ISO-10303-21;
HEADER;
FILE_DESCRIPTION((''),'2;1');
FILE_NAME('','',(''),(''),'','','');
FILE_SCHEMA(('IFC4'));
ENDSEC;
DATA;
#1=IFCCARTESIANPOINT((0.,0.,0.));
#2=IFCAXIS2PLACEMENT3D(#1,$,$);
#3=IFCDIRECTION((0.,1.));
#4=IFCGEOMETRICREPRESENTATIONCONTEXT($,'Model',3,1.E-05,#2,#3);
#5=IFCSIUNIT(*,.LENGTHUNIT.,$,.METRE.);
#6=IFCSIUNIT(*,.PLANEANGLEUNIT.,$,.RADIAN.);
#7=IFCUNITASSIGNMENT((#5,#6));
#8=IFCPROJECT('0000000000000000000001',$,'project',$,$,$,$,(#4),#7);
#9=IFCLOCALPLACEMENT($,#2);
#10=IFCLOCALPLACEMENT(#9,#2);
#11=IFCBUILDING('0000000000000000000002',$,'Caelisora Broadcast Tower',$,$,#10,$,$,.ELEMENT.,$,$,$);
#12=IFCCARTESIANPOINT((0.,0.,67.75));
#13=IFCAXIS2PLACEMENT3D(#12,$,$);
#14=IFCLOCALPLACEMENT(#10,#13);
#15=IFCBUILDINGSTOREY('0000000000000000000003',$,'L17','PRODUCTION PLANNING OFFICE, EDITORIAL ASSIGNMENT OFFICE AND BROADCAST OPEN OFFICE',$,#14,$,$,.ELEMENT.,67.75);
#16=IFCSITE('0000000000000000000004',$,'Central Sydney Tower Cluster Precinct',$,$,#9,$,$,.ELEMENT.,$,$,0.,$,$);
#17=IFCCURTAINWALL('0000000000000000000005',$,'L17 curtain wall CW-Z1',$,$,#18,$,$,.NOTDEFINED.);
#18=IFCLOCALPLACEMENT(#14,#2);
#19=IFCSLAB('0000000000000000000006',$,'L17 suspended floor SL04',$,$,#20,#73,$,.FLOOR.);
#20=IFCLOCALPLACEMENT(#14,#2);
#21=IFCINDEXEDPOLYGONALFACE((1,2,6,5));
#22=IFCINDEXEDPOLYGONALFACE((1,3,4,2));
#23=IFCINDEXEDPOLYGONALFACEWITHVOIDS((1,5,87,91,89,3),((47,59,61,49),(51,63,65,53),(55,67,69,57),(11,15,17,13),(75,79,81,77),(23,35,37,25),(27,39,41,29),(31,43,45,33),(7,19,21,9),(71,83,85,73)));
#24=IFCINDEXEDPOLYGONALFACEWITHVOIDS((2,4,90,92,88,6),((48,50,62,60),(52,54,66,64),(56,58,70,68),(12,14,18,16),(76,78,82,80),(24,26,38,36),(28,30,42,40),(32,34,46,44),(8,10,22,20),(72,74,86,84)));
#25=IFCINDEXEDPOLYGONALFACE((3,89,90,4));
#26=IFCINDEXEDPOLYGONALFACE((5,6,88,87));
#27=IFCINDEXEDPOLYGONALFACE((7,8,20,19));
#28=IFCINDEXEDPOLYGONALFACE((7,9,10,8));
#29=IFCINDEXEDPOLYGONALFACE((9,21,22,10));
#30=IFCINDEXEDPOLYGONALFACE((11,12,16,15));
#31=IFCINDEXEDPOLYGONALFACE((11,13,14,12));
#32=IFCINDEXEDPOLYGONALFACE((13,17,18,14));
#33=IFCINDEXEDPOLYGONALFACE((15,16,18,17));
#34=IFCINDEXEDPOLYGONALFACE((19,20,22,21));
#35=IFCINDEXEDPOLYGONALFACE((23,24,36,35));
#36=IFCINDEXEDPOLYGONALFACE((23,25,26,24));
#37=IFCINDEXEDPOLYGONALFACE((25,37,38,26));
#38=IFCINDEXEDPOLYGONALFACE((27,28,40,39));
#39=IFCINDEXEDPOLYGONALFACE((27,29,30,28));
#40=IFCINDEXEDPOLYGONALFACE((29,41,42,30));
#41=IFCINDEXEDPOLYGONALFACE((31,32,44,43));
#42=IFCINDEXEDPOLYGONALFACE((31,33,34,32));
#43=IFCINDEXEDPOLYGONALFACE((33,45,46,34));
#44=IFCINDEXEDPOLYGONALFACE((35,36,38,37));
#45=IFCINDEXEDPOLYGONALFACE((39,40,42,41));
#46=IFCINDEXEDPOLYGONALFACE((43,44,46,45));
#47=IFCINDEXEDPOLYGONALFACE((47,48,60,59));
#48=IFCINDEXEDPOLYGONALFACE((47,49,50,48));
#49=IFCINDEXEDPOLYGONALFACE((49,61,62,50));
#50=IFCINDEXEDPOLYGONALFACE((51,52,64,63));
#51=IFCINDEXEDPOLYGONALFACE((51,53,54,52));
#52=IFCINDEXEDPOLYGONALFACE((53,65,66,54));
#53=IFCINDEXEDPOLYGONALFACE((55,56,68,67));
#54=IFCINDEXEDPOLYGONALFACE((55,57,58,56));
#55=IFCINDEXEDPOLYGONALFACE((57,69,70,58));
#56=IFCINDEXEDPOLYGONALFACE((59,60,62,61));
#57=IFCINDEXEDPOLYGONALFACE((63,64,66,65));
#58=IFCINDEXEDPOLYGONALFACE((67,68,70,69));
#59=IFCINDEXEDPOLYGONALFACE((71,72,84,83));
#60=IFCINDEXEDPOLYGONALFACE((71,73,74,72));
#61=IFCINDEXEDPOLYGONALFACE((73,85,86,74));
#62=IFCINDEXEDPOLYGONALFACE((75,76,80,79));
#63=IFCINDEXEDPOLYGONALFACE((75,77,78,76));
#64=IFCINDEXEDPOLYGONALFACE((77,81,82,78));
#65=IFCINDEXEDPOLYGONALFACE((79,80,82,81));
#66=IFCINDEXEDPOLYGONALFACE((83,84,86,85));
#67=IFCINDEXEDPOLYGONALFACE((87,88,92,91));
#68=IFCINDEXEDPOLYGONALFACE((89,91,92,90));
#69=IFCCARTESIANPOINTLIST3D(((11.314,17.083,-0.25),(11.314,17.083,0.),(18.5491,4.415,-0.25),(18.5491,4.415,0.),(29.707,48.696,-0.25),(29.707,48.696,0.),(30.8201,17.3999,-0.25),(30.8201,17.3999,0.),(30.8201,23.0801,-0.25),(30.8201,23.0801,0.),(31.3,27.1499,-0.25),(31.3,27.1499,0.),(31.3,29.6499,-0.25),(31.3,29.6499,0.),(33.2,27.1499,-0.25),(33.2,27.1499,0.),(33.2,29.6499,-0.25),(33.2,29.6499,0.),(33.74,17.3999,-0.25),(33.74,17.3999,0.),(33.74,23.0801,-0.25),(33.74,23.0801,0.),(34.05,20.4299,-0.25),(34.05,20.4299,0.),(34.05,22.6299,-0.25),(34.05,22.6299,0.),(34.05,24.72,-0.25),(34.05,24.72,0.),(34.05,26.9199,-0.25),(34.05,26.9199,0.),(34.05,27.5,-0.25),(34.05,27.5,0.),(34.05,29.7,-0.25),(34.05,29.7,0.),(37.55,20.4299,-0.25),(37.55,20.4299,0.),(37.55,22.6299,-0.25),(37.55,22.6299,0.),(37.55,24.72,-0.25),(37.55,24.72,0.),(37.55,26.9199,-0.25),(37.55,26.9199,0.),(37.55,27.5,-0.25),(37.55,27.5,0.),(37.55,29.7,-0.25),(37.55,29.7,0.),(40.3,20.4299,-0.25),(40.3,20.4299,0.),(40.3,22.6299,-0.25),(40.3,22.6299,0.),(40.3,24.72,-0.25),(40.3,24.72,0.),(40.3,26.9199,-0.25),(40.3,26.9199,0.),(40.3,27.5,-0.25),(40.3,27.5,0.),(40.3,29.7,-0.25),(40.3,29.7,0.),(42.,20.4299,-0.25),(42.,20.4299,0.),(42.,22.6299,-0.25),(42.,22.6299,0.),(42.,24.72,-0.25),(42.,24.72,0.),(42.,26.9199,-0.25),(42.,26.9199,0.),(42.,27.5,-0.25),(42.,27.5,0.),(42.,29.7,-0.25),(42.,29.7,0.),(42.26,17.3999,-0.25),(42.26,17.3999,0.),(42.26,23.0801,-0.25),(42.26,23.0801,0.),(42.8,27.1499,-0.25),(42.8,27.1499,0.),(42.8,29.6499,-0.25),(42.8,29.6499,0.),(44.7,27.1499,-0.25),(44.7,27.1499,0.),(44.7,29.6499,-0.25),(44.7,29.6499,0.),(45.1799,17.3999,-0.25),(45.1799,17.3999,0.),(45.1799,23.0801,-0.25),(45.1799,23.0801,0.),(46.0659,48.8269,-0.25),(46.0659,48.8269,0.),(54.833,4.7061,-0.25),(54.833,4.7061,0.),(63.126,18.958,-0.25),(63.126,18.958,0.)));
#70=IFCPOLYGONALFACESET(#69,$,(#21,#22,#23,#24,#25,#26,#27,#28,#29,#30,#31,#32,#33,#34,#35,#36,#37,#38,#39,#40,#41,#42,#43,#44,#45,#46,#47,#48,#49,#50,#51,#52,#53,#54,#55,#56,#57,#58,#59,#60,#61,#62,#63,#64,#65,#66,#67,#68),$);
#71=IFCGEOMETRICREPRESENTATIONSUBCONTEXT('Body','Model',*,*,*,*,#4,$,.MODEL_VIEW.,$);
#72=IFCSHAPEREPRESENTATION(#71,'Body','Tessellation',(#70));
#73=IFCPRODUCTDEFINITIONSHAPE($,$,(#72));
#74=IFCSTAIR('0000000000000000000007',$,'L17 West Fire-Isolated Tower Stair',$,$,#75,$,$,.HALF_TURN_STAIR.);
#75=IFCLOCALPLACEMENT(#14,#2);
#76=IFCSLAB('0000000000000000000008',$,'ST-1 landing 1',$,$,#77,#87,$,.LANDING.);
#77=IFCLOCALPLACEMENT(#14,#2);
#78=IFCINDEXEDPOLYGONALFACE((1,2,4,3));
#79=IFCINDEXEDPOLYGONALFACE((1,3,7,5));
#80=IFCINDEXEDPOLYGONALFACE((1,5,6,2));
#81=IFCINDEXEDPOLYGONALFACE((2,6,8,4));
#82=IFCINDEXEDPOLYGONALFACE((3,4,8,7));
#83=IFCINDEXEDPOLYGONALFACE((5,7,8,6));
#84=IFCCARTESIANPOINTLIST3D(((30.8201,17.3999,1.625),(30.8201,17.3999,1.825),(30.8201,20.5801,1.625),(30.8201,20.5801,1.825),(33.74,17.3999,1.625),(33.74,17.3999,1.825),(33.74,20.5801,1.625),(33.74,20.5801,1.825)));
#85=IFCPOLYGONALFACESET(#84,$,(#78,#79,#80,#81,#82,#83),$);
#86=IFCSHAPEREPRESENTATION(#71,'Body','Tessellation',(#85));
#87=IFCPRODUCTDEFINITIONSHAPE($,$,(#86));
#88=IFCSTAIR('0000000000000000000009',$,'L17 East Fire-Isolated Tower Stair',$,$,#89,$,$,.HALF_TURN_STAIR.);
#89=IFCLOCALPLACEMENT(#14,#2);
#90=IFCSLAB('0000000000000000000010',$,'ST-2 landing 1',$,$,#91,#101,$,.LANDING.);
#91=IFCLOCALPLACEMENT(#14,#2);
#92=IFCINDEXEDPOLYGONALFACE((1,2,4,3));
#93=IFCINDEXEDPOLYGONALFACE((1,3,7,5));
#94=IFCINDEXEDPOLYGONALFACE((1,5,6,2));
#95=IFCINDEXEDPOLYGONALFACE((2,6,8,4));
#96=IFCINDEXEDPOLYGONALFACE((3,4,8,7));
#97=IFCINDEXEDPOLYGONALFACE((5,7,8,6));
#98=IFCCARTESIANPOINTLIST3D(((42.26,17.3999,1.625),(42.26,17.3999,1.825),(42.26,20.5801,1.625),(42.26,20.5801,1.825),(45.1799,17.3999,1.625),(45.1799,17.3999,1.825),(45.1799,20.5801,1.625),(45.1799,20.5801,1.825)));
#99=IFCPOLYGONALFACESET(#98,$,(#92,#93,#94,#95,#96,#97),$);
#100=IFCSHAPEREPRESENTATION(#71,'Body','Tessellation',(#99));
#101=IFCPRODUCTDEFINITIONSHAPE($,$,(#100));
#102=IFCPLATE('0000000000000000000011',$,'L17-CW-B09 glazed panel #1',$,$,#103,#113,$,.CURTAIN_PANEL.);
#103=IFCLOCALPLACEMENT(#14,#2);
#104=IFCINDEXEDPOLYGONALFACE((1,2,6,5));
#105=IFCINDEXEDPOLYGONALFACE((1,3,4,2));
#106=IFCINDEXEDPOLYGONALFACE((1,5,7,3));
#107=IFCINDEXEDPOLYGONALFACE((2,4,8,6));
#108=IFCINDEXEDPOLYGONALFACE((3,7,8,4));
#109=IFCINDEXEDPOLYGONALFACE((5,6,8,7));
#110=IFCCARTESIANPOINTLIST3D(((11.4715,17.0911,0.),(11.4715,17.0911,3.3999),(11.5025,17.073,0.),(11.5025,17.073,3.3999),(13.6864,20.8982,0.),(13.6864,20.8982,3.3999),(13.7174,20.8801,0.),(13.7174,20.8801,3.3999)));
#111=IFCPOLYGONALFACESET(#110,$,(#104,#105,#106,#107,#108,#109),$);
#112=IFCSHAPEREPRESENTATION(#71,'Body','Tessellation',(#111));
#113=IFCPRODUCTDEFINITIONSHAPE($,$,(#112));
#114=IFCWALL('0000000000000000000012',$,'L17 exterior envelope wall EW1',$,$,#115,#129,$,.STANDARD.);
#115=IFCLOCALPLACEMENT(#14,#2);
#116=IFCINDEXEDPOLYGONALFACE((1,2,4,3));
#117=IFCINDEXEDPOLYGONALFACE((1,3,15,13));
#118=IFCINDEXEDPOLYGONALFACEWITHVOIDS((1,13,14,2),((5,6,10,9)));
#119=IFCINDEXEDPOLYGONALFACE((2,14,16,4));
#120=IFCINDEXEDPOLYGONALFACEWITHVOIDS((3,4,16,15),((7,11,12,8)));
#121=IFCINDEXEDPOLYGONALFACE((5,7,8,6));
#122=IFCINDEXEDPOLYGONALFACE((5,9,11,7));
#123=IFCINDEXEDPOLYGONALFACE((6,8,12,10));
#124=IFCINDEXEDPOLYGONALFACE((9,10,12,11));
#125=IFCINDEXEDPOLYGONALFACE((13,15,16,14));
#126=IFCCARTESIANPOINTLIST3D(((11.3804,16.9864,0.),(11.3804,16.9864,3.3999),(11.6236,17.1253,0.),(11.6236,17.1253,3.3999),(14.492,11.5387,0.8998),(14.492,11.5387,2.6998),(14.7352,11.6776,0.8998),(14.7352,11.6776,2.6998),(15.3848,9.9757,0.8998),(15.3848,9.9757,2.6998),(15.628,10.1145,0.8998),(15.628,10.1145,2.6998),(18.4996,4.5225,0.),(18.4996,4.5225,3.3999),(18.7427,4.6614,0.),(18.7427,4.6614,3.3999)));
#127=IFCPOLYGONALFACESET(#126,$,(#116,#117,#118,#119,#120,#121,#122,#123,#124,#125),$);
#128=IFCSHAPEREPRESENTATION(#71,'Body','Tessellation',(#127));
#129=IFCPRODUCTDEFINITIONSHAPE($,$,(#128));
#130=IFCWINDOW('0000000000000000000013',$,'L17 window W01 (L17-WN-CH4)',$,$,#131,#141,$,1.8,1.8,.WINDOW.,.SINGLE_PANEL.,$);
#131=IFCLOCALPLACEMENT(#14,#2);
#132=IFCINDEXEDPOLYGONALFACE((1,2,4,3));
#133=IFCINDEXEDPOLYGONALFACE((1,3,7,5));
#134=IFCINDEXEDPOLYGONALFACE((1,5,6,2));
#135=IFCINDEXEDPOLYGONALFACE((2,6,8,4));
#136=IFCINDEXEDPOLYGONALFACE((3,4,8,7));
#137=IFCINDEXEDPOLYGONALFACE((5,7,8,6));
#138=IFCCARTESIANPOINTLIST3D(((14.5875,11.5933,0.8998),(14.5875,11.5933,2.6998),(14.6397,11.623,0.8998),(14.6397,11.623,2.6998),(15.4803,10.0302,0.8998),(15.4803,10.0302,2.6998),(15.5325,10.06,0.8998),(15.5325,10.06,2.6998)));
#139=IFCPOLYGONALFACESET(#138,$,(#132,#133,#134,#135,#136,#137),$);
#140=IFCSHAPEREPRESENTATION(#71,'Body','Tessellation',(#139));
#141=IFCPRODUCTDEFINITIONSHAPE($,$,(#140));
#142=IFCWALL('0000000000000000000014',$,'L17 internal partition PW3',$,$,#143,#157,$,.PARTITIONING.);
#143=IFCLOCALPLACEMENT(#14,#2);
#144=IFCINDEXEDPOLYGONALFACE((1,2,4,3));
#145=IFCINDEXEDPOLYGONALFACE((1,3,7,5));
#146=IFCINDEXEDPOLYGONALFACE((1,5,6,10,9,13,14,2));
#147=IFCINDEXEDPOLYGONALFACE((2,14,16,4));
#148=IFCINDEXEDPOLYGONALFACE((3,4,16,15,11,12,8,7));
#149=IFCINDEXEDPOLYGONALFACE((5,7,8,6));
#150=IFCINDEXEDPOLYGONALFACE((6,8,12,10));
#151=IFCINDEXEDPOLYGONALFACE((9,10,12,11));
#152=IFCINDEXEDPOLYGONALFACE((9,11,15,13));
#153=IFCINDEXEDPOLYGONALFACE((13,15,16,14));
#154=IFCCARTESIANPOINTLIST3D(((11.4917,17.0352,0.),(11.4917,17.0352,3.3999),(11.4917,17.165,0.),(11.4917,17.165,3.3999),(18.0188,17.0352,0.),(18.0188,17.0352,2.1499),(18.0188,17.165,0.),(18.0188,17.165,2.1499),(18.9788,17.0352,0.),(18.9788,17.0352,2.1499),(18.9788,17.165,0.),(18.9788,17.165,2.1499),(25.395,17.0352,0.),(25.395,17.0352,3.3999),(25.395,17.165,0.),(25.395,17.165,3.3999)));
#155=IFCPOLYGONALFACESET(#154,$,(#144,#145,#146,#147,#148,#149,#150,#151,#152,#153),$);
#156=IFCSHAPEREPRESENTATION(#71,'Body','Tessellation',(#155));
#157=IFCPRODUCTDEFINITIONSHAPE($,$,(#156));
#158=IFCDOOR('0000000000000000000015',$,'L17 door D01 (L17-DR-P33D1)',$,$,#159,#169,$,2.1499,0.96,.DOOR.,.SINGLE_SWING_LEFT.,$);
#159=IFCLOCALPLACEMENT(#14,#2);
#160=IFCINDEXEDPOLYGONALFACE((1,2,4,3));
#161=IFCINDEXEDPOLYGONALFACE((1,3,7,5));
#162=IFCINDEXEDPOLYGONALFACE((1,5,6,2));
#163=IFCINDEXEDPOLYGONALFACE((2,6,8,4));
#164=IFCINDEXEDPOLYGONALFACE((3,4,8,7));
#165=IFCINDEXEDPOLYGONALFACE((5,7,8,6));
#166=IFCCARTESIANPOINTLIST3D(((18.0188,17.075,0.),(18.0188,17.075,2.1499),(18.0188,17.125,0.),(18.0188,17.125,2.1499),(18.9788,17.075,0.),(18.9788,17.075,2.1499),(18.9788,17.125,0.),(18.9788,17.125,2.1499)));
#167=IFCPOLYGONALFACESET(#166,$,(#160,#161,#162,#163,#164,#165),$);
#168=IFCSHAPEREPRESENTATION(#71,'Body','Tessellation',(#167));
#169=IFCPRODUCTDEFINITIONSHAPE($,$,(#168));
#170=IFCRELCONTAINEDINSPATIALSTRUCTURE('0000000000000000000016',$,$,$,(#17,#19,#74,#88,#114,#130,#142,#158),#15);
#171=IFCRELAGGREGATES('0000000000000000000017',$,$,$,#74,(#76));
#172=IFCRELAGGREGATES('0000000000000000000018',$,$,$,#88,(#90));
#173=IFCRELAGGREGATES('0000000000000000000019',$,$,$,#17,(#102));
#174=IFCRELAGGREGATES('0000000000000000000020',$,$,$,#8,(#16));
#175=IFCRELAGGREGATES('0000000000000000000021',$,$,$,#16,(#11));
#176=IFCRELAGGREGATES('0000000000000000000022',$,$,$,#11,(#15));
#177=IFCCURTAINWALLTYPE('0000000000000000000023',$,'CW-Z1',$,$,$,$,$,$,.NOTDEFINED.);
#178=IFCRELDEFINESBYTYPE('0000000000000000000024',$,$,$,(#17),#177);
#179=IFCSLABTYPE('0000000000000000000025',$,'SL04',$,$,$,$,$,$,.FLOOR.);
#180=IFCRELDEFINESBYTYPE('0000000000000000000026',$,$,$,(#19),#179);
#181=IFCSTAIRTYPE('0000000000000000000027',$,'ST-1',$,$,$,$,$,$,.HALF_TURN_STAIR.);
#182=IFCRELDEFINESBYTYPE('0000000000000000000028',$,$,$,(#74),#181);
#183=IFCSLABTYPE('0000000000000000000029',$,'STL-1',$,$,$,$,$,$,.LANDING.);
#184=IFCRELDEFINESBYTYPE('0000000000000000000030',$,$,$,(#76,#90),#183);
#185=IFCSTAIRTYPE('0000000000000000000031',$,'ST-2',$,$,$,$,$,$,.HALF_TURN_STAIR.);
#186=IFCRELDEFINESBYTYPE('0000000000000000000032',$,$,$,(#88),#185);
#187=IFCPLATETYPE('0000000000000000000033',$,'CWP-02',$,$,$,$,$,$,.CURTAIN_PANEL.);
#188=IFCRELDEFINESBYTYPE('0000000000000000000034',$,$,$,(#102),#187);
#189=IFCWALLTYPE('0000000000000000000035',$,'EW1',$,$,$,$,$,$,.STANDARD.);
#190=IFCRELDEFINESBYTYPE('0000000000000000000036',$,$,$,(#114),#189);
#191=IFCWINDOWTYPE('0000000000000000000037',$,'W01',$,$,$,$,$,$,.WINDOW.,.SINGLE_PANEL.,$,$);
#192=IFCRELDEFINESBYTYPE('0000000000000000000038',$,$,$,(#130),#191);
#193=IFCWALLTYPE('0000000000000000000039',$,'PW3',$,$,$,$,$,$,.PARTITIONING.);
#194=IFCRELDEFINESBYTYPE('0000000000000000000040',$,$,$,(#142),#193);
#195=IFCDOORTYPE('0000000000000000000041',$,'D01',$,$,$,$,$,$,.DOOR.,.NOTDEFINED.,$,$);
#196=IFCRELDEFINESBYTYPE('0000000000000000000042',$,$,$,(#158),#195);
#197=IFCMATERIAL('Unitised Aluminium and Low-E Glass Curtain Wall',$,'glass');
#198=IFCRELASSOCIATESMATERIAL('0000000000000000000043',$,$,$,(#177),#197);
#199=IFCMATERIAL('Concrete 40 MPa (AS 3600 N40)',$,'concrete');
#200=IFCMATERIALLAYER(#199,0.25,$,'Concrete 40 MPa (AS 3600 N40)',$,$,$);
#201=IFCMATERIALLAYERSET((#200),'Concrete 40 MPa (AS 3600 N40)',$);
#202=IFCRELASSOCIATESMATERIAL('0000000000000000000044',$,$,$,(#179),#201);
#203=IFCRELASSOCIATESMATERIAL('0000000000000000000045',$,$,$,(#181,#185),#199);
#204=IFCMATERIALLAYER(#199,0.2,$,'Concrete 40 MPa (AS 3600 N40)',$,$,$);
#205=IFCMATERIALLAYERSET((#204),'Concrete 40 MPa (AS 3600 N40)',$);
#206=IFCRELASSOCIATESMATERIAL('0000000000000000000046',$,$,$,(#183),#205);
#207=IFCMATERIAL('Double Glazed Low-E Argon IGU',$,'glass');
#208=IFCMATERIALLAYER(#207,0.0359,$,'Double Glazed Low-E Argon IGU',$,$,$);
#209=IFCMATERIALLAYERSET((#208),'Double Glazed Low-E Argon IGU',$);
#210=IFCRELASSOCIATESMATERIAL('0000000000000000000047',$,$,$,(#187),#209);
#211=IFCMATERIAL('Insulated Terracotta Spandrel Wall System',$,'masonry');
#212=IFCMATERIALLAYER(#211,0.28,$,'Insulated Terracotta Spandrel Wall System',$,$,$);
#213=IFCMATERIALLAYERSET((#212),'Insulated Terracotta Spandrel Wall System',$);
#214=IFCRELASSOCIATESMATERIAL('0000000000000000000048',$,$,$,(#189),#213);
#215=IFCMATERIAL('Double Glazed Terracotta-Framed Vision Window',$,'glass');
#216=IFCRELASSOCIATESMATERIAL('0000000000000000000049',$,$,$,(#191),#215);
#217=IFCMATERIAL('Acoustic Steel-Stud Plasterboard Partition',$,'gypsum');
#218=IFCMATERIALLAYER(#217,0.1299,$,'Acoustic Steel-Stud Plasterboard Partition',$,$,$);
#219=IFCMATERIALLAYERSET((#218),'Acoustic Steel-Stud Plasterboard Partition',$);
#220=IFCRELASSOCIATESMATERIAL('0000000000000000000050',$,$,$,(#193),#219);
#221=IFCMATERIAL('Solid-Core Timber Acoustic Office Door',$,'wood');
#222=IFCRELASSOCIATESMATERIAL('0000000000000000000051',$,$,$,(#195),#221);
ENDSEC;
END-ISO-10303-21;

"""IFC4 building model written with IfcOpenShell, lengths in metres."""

from ifc_helpers import new_model, si_unit, direction, frame, frame_2d, origin, origin_2d, place, context, subcontext, project, spatial, polyline, rectangle, outline, extrude, source, transform, mapped, material, layer, layer_set, type_object, type_shapes, element, fill, aggregate, save


model = new_model("IFC4")

# Units and contexts
model_context = context("Model", 3, precision=1e-05, world=origin(), true_north=direction((0.0, 1.0)))
body_context = subcontext(model_context, "Body", "Model", "MODEL_VIEW")
ifc_project = project(units=[si_unit("LENGTHUNIT", "METRE"), si_unit("PLANEANGLEUNIT", "RADIAN")], contexts=[model_context])

# Site, building, storey
site_placement = place(None, origin())
site = spatial("IfcSite", under=ifc_project, at=site_placement, Name="Central Sydney Tower Cluster Precinct", CompositionType="ELEMENT", RefElevation=0.0)
building_placement = place(site_placement, origin())
building = spatial("IfcBuilding", under=site, at=building_placement, Name="Caelisora Broadcast Tower", CompositionType="ELEMENT")
storey_placement = place(building_placement, frame((0.0, 0.0, 67.75)))
storey = spatial("IfcBuildingStorey", under=building, at=storey_placement, Name="L17", Description="PRODUCTION PLANNING OFFICE, EDITORIAL ASSIGNMENT OFFICE AND BROADCAST OPEN OFFICE", CompositionType="ELEMENT", Elevation=67.75)

# Shared definitions
ifc_material_1 = material(Name="Unitised Aluminium and Low-E Glass Curtain Wall", Category="glass")
curtain_wall_type = type_object("IfcCurtainWallType", Name="CW-Z1", PredefinedType="NOTDEFINED", material=ifc_material_1)

# Curtain wall
curtain_wall_1_placement = place(storey_placement, origin())
curtain_wall_1 = element("IfcCurtainWall", 1, at=curtain_wall_1_placement, inside=storey, type_object=curtain_wall_type, Name="L17 curtain wall CW-Z1", PredefinedType="NOTDEFINED")

# Slab
ifc_material_2 = material(Name="Concrete 40 MPa (AS 3600 N40)", Category="concrete")
ifc_layer_1 = layer(ifc_material_2, 0.25, Name="Concrete 40 MPa (AS 3600 N40)")
ifc_layer_set_1 = layer_set([ifc_layer_1], Name="Concrete 40 MPa (AS 3600 N40)")
slab_type_1 = type_object("IfcSlabType", Name="SL04", PredefinedType="FLOOR", material=ifc_layer_set_1)
slab_1_placement = place(storey_placement, frame((0.0, 0.0, -0.25)))
element("IfcSlab", 2, at=slab_1_placement, inside=storey, type_object=slab_type_1, Name="L17 suspended floor SL04", PredefinedType="FLOOR", context=body_context, shape_type="SweptSolid", body=[
    extrude(outline(polyline([(46.0659, 48.8269), (29.707, 48.696), (11.314, 17.083), (18.5491, 4.415), (54.833, 4.7061), (63.126, 18.958), (46.0659, 48.8269)]), holes=[polyline([(30.8201, 17.3999), (33.74, 17.3999), (33.74, 23.0801), (30.8201, 23.0801), (30.8201, 17.3999)]), polyline([(42.26, 17.3999), (45.1799, 17.3999), (45.1799, 23.0801), (42.26, 23.0801), (42.26, 17.3999)]), polyline([(42.8, 27.1499), (44.7, 27.1499), (44.7, 29.6499), (42.8, 29.6499), (42.8, 27.1499)]), polyline([(40.3, 20.4299), (42.0, 20.4299), (42.0, 22.6299), (40.3, 22.6299), (40.3, 20.4299)]), polyline([(40.3, 24.72), (42.0, 24.72), (42.0, 26.9199), (40.3, 26.9199), (40.3, 24.72)]), polyline([(40.3, 27.5), (42.0, 27.5), (42.0, 29.7), (40.3, 29.7), (40.3, 27.5)]), polyline([(34.05, 20.4299), (37.55, 20.4299), (37.55, 22.6299), (34.05, 22.6299), (34.05, 20.4299)]), polyline([(34.05, 24.72), (37.55, 24.72), (37.55, 26.9199), (34.05, 26.9199), (34.05, 24.72)]), polyline([(34.05, 27.5), (37.55, 27.5), (37.55, 29.7), (34.05, 29.7), (34.05, 27.5)]), polyline([(31.3, 27.1499), (33.2, 27.1499), (33.2, 29.6499), (31.3, 29.6499), (31.3, 27.1499)])]), origin(), (0.0, 0.0, 1.0), 0.25),
])

# Stairs, slabs
stair_type_1 = type_object("IfcStairType", Name="ST-1", PredefinedType="HALF_TURN_STAIR", material=ifc_material_2)
stair_1_placement = place(storey_placement, origin())
stair_1 = element("IfcStair", 3, at=stair_1_placement, inside=storey, type_object=stair_type_1, Name="L17 West Fire-Isolated Tower Stair", PredefinedType="HALF_TURN_STAIR")
ifc_layer_2 = layer(ifc_material_2, 0.2, Name="Concrete 40 MPa (AS 3600 N40)")
ifc_layer_set_2 = layer_set([ifc_layer_2], Name="Concrete 40 MPa (AS 3600 N40)")
slab_type_2 = type_object("IfcSlabType", Name="STL-1", PredefinedType="LANDING", material=ifc_layer_set_2)
slab_2_placement = place(storey_placement, frame((0.0, 0.0, 1.625)))
slab_2 = element("IfcSlab", 4, at=slab_2_placement, type_object=slab_type_2, Name="ST-1 landing 1", PredefinedType="LANDING", context=body_context, shape_type="SweptSolid", body=[
    extrude(outline(polyline([(30.8201, 20.5801), (30.8201, 17.3999), (33.74, 17.3999), (33.74, 20.5801), (30.8201, 20.5801)])), origin(), (0.0, 0.0, 1.0), 0.2),
])
aggregate(stair_1, [slab_2])
stair_type_2 = type_object("IfcStairType", Name="ST-2", PredefinedType="HALF_TURN_STAIR", material=ifc_material_2)
stair_2_placement = place(storey_placement, origin())
stair_2 = element("IfcStair", 5, at=stair_2_placement, inside=storey, type_object=stair_type_2, Name="L17 East Fire-Isolated Tower Stair", PredefinedType="HALF_TURN_STAIR")
slab_3_placement = place(storey_placement, frame((0.0, 0.0, 1.625)))
slab_3 = element("IfcSlab", 6, at=slab_3_placement, type_object=slab_type_2, Name="ST-2 landing 1", PredefinedType="LANDING", context=body_context, shape_type="SweptSolid", body=[
    extrude(outline(polyline([(42.26, 20.5801), (42.26, 17.3999), (45.1799, 17.3999), (45.1799, 20.5801), (42.26, 20.5801)])), origin(), (0.0, 0.0, 1.0), 0.2),
])
aggregate(stair_2, [slab_3])

# Plate
ifc_material_3 = material(Name="Double Glazed Low-E Argon IGU", Category="glass")
ifc_layer_3 = layer(ifc_material_3, 0.0359, Name="Double Glazed Low-E Argon IGU")
ifc_layer_set_3 = layer_set([ifc_layer_3], Name="Double Glazed Low-E Argon IGU")
plate_type = type_object("IfcPlateType", Name="CWP-02", PredefinedType="CURTAIN_PANEL", material=ifc_layer_set_3)
shared_shape_1 = source(origin(), body_context, "Body", "SweptSolid", [
    extrude(rectangle(XDim=4.4045, YDim=0.0359, at=origin_2d()), origin(), (0.0, 0.0, 1.0), 3.3999),
])
type_shapes(plate_type, [shared_shape_1])
plate_placement = place(storey_placement, frame((12.5945, 18.9856, 0.0), z_axis=(0.0, 0.0, 1.0), x_axis=(0.502869, 0.864363, 0.0)))
plate = element("IfcPlate", 7, at=plate_placement, type_object=plate_type, Name="L17-CW-B09 glazed panel #1", PredefinedType="CURTAIN_PANEL", context=body_context, shape_type="MappedRepresentation", body=[
    mapped(shared_shape_1, transform((0.0, 0.0, 0.0), scale=1.0)),
])
aggregate(curtain_wall_1, [plate])

# Wall, opening, window
ifc_material_4 = material(Name="Insulated Terracotta Spandrel Wall System", Category="masonry")
ifc_layer_4 = layer(ifc_material_4, 0.28, Name="Insulated Terracotta Spandrel Wall System")
ifc_layer_set_4 = layer_set([ifc_layer_4], Name="Insulated Terracotta Spandrel Wall System")
wall_type_1 = type_object("IfcWallType", Name="EW1", PredefinedType="STANDARD", material=ifc_layer_set_4)
wall_1_placement = place(storey_placement, frame((18.6211, 4.592, 0.0), z_axis=(0.0, 0.0, 1.0), x_axis=(-0.495978, 0.868335, 0.0)))
wall_1 = element("IfcWall", 8, at=wall_1_placement, inside=storey, type_object=wall_type_1, Name="L17 exterior envelope wall EW1", PredefinedType="STANDARD", context=body_context, shape_type="SweptSolid", body=[
    extrude(rectangle(XDim=14.3538, YDim=0.28, at=frame_2d((7.1768, 0.0))), origin(), (0.0, 0.0, 1.0), 3.3999),
])
opening_1_placement = place(wall_1_placement, frame((6.28, 0.0, 0.8999)))
opening_1 = element("IfcOpeningElement", 9, at=opening_1_placement, cuts=wall_1, PredefinedType="OPENING", context=body_context, shape_type="SweptSolid", body=[
    extrude(rectangle(XDim=1.8, YDim=1.8, at=frame_2d((0.8999, 0.8999))), frame((0.0, 0.1521, 0.0), z_axis=(0.0, -1.0, 0.0), x_axis=(1.0, 0.0, 0.0)), (0.0, 0.0, 1.0), 0.304),
])
ifc_material_5 = material(Name="Double Glazed Terracotta-Framed Vision Window", Category="glass")
window_type = type_object("IfcWindowType", Name="W01", PartitioningType="SINGLE_PANEL", PredefinedType="WINDOW", material=ifc_material_5)
window_placement = place(opening_1_placement, origin())
window = element("IfcWindow", 10, at=window_placement, inside=storey, type_object=window_type, Name="L17 window W01 (L17-WN-CH4)", OverallHeight=1.8, OverallWidth=1.8, PartitioningType="SINGLE_PANEL", PredefinedType="WINDOW", context=body_context, shape_type="SweptSolid", body=[
    extrude(rectangle(XDim=1.8, YDim=1.8, at=frame_2d((0.8999, 0.8999))), frame((0.0, 0.03, 0.0), z_axis=(0.0, -1.0, 0.0), x_axis=(1.0, 0.0, 0.0)), (0.0, 0.0, 1.0), 0.0601),
])
fill(opening_1, window)

# Wall, opening, door
ifc_material_6 = material(Name="Acoustic Steel-Stud Plasterboard Partition", Category="gypsum")
ifc_layer_5 = layer(ifc_material_6, 0.1299, Name="Acoustic Steel-Stud Plasterboard Partition")
ifc_layer_set_5 = layer_set([ifc_layer_5], Name="Acoustic Steel-Stud Plasterboard Partition")
wall_type_2 = type_object("IfcWallType", Name="PW3", PredefinedType="PARTITIONING", material=ifc_layer_set_5)
wall_2_placement = place(storey_placement, frame((11.4917, 17.1001, 0.0), z_axis=(0.0, 0.0, 1.0), x_axis=(1.0, 0.0, 0.0)))
wall_2 = element("IfcWall", 11, at=wall_2_placement, inside=storey, type_object=wall_type_2, Name="L17 internal partition PW3", PredefinedType="PARTITIONING", context=body_context, shape_type="SweptSolid", body=[
    extrude(rectangle(XDim=13.9033, YDim=0.1299, at=frame_2d((6.9517, 0.0))), origin(), (0.0, 0.0, 1.0), 3.3999),
])
opening_2_placement = place(wall_2_placement, frame((6.5271, 0.0, 0.0)))
opening_2 = element("IfcOpeningElement", 12, at=opening_2_placement, cuts=wall_2, PredefinedType="OPENING", context=body_context, shape_type="SweptSolid", body=[
    extrude(rectangle(XDim=0.96, YDim=2.1499, at=frame_2d((0.48, 1.075))), frame((0.0, 0.0769, 0.0), z_axis=(0.0, -1.0, 0.0), x_axis=(1.0, 0.0, 0.0)), (0.0, 0.0, 1.0), 0.1538),
])
ifc_material_7 = material(Name="Solid-Core Timber Acoustic Office Door", Category="wood")
door_type = type_object("IfcDoorType", Name="D01", OperationType="NOTDEFINED", PredefinedType="DOOR", material=ifc_material_7)
door_1_placement = place(opening_2_placement, origin())
door_1 = element("IfcDoor", 13, at=door_1_placement, inside=storey, type_object=door_type, Name="L17 door D01 (L17-DR-P33D1)", OperationType="SINGLE_SWING_LEFT", OverallHeight=2.1499, OverallWidth=0.96, PredefinedType="DOOR", context=body_context, shape_type="SweptSolid", body=[
    extrude(rectangle(XDim=0.96, YDim=2.1499, at=frame_2d((0.48, 1.075))), frame((0.0, 0.0249, 0.0), z_axis=(0.0, -1.0, 0.0), x_axis=(1.0, 0.0, 0.0)), (0.0, 0.0, 1.0), 0.05),
])
fill(opening_2, door_1)

save(model, "model.ifc")
